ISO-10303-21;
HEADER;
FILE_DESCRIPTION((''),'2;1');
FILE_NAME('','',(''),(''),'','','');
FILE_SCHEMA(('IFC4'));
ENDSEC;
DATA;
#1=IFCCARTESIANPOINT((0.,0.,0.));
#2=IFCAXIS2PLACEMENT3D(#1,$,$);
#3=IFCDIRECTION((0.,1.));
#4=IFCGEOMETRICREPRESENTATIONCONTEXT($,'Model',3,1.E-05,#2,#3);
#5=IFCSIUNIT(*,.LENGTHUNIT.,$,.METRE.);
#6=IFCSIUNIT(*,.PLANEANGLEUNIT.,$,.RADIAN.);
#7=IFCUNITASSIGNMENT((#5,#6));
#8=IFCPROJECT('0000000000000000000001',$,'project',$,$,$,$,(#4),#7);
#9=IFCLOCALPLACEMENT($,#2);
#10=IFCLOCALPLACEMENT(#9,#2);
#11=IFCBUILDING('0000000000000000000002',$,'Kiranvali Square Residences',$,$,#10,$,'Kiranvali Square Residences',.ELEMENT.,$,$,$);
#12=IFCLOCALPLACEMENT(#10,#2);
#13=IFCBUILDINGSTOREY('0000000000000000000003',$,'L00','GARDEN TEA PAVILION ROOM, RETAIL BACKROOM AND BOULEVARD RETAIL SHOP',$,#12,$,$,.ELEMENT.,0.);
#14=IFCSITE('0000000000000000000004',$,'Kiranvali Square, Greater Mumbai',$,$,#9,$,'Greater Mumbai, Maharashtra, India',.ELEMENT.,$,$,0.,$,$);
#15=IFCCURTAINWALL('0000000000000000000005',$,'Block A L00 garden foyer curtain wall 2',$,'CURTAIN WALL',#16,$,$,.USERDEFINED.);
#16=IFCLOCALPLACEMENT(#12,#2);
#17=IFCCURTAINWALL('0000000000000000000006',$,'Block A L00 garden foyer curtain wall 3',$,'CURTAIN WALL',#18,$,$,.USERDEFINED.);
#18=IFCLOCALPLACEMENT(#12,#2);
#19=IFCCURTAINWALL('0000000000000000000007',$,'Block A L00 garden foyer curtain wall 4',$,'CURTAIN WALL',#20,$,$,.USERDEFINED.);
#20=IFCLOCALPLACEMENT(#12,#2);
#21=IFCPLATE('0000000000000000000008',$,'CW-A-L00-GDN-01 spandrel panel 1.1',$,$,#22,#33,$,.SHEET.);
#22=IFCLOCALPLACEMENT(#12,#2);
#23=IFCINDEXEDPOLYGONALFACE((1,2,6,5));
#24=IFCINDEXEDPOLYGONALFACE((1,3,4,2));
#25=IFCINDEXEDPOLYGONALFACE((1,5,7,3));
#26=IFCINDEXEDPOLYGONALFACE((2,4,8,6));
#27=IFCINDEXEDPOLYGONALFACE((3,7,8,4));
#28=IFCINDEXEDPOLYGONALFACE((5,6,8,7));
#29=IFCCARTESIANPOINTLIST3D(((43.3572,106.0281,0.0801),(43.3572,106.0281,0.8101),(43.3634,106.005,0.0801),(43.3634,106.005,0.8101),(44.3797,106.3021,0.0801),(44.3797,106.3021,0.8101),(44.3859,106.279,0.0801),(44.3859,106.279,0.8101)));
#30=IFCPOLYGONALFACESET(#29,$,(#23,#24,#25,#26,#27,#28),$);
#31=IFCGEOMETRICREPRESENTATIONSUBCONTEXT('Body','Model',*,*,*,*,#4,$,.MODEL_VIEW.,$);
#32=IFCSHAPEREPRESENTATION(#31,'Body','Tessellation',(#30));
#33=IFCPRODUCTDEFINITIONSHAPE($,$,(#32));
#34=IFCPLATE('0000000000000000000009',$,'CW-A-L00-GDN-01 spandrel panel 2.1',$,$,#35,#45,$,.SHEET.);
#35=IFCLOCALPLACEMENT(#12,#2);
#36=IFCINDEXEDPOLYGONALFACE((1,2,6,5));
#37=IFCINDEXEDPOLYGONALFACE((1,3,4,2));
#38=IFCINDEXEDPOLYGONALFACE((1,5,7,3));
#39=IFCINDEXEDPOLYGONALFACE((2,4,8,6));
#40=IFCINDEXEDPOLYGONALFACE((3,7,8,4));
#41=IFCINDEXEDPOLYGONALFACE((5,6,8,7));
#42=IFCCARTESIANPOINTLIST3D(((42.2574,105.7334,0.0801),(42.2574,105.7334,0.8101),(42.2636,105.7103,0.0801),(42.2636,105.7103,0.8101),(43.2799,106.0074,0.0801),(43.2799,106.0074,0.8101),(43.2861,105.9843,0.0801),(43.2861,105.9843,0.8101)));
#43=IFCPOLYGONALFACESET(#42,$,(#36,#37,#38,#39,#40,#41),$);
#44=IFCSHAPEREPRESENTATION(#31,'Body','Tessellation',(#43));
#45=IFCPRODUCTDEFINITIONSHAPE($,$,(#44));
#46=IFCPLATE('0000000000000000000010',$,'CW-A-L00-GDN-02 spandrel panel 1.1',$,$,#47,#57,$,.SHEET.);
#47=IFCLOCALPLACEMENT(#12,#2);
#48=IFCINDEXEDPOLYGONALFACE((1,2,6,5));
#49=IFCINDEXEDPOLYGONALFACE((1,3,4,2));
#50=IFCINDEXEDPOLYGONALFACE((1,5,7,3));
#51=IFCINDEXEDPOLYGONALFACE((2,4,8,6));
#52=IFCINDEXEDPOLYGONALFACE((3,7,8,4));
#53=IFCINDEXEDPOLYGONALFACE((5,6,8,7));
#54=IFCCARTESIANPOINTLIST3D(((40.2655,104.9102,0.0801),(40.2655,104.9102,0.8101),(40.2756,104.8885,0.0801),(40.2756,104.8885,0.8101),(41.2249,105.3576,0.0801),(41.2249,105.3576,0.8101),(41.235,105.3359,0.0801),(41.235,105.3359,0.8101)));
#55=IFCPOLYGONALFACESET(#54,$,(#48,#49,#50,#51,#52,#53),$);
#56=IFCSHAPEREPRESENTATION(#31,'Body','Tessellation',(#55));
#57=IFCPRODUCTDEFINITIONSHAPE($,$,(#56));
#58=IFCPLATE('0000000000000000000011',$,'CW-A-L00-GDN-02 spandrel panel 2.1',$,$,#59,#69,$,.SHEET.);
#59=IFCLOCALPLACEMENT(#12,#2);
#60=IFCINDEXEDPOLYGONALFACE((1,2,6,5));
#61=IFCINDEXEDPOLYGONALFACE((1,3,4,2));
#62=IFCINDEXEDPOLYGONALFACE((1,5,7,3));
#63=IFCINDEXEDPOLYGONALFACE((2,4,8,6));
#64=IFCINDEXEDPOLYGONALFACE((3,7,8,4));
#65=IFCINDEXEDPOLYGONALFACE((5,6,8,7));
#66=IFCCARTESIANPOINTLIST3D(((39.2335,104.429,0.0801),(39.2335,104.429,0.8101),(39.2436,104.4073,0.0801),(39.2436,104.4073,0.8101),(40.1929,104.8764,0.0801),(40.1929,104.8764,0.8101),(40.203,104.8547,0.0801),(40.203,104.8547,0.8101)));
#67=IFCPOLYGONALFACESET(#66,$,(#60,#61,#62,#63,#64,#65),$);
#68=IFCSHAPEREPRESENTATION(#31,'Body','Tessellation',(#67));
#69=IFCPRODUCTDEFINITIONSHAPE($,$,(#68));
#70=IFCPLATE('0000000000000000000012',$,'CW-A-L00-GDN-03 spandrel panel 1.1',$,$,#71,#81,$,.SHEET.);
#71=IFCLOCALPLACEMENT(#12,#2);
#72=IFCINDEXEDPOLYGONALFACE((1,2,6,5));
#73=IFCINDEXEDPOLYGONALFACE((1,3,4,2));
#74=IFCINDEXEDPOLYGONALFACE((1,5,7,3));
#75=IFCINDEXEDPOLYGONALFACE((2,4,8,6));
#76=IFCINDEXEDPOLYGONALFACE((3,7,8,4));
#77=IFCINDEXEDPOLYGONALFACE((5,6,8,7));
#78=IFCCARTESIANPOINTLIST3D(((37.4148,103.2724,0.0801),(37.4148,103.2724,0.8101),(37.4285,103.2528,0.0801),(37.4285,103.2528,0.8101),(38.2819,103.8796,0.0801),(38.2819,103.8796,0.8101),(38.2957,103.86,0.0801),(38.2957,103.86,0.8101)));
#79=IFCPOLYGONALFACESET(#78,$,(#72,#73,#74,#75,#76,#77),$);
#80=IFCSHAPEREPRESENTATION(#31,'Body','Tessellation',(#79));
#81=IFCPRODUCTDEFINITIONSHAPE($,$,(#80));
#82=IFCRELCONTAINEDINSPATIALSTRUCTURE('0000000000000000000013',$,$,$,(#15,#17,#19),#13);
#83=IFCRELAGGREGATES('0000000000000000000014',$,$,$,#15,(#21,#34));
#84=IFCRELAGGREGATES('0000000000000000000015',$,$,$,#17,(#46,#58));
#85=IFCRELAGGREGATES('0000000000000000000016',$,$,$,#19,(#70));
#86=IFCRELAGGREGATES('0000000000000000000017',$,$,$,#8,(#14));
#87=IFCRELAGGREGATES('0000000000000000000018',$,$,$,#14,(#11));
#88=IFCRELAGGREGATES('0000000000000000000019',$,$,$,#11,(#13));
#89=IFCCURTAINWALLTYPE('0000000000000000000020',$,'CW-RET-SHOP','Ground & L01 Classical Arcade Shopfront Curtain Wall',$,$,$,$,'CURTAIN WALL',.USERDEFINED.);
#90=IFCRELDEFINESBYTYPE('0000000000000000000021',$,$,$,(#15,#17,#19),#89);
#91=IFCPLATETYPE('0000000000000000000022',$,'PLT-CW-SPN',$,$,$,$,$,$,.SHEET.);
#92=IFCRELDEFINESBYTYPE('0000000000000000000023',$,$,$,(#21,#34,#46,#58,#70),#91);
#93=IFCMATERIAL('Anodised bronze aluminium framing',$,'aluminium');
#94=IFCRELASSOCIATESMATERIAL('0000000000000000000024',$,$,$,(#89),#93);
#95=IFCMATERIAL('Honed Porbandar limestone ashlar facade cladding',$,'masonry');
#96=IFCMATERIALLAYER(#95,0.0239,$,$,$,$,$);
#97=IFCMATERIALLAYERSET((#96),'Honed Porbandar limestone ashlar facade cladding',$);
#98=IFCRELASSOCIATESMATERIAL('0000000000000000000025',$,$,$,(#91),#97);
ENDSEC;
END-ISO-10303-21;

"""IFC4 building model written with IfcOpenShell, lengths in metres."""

from ifc_helpers import new_model, si_unit, direction, frame, origin, origin_2d, place, context, subcontext, project, spatial, rectangle, extrude, material, layer, layer_set, type_object, element, aggregate, save


model = new_model("IFC4")

# Units and contexts
model_context = context("Model", 3, precision=1e-05, world=origin(), true_north=direction((0.0, 1.0)))
body_context = subcontext(model_context, "Body", "Model", "MODEL_VIEW")
ifc_project = project(units=[si_unit("LENGTHUNIT", "METRE"), si_unit("PLANEANGLEUNIT", "RADIAN")], contexts=[model_context])

# Site, building, storey
site_placement = place(None, origin())
site = spatial("IfcSite", under=ifc_project, at=site_placement, Name="Kiranvali Square, Greater Mumbai", LongName="Greater Mumbai, Maharashtra, India", CompositionType="ELEMENT", RefElevation=0.0)
building_placement = place(site_placement, origin())
building = spatial("IfcBuilding", under=site, at=building_placement, Name="Kiranvali Square Residences", LongName="Kiranvali Square Residences", CompositionType="ELEMENT")
storey_placement = place(building_placement, origin())
storey = spatial("IfcBuildingStorey", under=building, at=storey_placement, Name="L00", Description="GARDEN TEA PAVILION ROOM, RETAIL BACKROOM AND BOULEVARD RETAIL SHOP", CompositionType="ELEMENT", Elevation=0.0)

# Curtain walls
ifc_material_1 = material(Name="Anodised bronze aluminium framing", Category="aluminium")
curtain_wall_type = type_object("IfcCurtainWallType", Name="CW-RET-SHOP", Description="Ground & L01 Classical Arcade Shopfront Curtain Wall", ElementType="CURTAIN WALL", PredefinedType="USERDEFINED", material=ifc_material_1)
curtain_wall_1_placement = place(storey_placement, origin())
curtain_wall_1 = element("IfcCurtainWall", 1, at=curtain_wall_1_placement, inside=storey, type_object=curtain_wall_type, Name="Block A L00 garden foyer curtain wall 2", ObjectType="CURTAIN WALL", PredefinedType="USERDEFINED")
curtain_wall_2_placement = place(storey_placement, origin())
curtain_wall_2 = element("IfcCurtainWall", 2, at=curtain_wall_2_placement, inside=storey, type_object=curtain_wall_type, Name="Block A L00 garden foyer curtain wall 3", ObjectType="CURTAIN WALL", PredefinedType="USERDEFINED")

# Curtain wall
curtain_wall_3_placement = place(storey_placement, origin())
curtain_wall_3 = element("IfcCurtainWall", 3, at=curtain_wall_3_placement, inside=storey, type_object=curtain_wall_type, Name="Block A L00 garden foyer curtain wall 4", ObjectType="CURTAIN WALL", PredefinedType="USERDEFINED")

# Plates
ifc_material_2 = material(Name="Honed Porbandar limestone ashlar facade cladding", Category="masonry")
ifc_layer_1 = layer(ifc_material_2, 0.0239)
ifc_layer_set_1 = layer_set([ifc_layer_1], Name="Honed Porbandar limestone ashlar facade cladding")
plate_type_1 = type_object("IfcPlateType", Name="PLT-CW-SPN", PredefinedType="SHEET", material=ifc_layer_set_1)
plate_1_placement = place(storey_placement, frame((43.8716, 106.1536, 0.0801), z_axis=(0.0, 0.0, 1.0), x_axis=(-0.965926, -0.258819, 0.0)))
plate_1 = element("IfcPlate", 4, at=plate_1_placement, type_object=plate_type_1, Name="CW-A-L00-GDN-01 spandrel panel 1.1", PredefinedType="SHEET", context=body_context, shape_type="SweptSolid", body=[
    extrude(rectangle(XDim=1.0586, YDim=0.0239, at=origin_2d()), origin(), (0.0, 0.0, 1.0), 0.73),
])
plate_2_placement = place(storey_placement, frame((42.7717, 105.8589, 0.0801), z_axis=(0.0, 0.0, 1.0), x_axis=(-0.965926, -0.258819, 0.0)))
plate_2 = element("IfcPlate", 5, at=plate_2_placement, type_object=plate_type_1, Name="CW-A-L00-GDN-01 spandrel panel 2.1", PredefinedType="SHEET", context=body_context, shape_type="SweptSolid", body=[
    extrude(rectangle(XDim=1.0586, YDim=0.0239, at=origin_2d()), origin(), (0.0, 0.0, 1.0), 0.73),
])
aggregate(curtain_wall_1, [plate_1, plate_2])
plate_3_placement = place(storey_placement, frame((40.7502, 105.123, 0.0801), z_axis=(0.0, 0.0, 1.0), x_axis=(-0.906308, -0.422618, 0.0)))
plate_3 = element("IfcPlate", 6, at=plate_3_placement, type_object=plate_type_1, Name="CW-A-L00-GDN-02 spandrel panel 1.1", PredefinedType="SHEET", context=body_context, shape_type="SweptSolid", body=[
    extrude(rectangle(XDim=1.0586, YDim=0.0239, at=origin_2d()), origin(), (0.0, 0.0, 1.0), 0.73),
])
plate_4_placement = place(storey_placement, frame((39.7183, 104.6418, 0.0801), z_axis=(0.0, 0.0, 1.0), x_axis=(-0.906308, -0.422618, 0.0)))
plate_4 = element("IfcPlate", 7, at=plate_4_placement, type_object=plate_type_1, Name="CW-A-L00-GDN-02 spandrel panel 2.1", PredefinedType="SHEET", context=body_context, shape_type="SweptSolid", body=[
    extrude(rectangle(XDim=1.0586, YDim=0.0239, at=origin_2d()), origin(), (0.0, 0.0, 1.0), 0.73),
])
aggregate(curtain_wall_2, [plate_3, plate_4])
plate_5_placement = place(storey_placement, frame((37.8552, 103.5662, 0.0801), z_axis=(0.0, 0.0, 1.0), x_axis=(-0.819152, -0.573576, 0.0)))
plate_5 = element("IfcPlate", 8, at=plate_5_placement, type_object=plate_type_1, Name="CW-A-L00-GDN-03 spandrel panel 1.1", PredefinedType="SHEET", context=body_context, shape_type="SweptSolid", body=[
    extrude(rectangle(XDim=1.0586, YDim=0.0239, at=origin_2d()), origin(), (0.0, 0.0, 1.0), 0.73),
])
aggregate(curtain_wall_3, [plate_5])

save(model, "model.ifc")
